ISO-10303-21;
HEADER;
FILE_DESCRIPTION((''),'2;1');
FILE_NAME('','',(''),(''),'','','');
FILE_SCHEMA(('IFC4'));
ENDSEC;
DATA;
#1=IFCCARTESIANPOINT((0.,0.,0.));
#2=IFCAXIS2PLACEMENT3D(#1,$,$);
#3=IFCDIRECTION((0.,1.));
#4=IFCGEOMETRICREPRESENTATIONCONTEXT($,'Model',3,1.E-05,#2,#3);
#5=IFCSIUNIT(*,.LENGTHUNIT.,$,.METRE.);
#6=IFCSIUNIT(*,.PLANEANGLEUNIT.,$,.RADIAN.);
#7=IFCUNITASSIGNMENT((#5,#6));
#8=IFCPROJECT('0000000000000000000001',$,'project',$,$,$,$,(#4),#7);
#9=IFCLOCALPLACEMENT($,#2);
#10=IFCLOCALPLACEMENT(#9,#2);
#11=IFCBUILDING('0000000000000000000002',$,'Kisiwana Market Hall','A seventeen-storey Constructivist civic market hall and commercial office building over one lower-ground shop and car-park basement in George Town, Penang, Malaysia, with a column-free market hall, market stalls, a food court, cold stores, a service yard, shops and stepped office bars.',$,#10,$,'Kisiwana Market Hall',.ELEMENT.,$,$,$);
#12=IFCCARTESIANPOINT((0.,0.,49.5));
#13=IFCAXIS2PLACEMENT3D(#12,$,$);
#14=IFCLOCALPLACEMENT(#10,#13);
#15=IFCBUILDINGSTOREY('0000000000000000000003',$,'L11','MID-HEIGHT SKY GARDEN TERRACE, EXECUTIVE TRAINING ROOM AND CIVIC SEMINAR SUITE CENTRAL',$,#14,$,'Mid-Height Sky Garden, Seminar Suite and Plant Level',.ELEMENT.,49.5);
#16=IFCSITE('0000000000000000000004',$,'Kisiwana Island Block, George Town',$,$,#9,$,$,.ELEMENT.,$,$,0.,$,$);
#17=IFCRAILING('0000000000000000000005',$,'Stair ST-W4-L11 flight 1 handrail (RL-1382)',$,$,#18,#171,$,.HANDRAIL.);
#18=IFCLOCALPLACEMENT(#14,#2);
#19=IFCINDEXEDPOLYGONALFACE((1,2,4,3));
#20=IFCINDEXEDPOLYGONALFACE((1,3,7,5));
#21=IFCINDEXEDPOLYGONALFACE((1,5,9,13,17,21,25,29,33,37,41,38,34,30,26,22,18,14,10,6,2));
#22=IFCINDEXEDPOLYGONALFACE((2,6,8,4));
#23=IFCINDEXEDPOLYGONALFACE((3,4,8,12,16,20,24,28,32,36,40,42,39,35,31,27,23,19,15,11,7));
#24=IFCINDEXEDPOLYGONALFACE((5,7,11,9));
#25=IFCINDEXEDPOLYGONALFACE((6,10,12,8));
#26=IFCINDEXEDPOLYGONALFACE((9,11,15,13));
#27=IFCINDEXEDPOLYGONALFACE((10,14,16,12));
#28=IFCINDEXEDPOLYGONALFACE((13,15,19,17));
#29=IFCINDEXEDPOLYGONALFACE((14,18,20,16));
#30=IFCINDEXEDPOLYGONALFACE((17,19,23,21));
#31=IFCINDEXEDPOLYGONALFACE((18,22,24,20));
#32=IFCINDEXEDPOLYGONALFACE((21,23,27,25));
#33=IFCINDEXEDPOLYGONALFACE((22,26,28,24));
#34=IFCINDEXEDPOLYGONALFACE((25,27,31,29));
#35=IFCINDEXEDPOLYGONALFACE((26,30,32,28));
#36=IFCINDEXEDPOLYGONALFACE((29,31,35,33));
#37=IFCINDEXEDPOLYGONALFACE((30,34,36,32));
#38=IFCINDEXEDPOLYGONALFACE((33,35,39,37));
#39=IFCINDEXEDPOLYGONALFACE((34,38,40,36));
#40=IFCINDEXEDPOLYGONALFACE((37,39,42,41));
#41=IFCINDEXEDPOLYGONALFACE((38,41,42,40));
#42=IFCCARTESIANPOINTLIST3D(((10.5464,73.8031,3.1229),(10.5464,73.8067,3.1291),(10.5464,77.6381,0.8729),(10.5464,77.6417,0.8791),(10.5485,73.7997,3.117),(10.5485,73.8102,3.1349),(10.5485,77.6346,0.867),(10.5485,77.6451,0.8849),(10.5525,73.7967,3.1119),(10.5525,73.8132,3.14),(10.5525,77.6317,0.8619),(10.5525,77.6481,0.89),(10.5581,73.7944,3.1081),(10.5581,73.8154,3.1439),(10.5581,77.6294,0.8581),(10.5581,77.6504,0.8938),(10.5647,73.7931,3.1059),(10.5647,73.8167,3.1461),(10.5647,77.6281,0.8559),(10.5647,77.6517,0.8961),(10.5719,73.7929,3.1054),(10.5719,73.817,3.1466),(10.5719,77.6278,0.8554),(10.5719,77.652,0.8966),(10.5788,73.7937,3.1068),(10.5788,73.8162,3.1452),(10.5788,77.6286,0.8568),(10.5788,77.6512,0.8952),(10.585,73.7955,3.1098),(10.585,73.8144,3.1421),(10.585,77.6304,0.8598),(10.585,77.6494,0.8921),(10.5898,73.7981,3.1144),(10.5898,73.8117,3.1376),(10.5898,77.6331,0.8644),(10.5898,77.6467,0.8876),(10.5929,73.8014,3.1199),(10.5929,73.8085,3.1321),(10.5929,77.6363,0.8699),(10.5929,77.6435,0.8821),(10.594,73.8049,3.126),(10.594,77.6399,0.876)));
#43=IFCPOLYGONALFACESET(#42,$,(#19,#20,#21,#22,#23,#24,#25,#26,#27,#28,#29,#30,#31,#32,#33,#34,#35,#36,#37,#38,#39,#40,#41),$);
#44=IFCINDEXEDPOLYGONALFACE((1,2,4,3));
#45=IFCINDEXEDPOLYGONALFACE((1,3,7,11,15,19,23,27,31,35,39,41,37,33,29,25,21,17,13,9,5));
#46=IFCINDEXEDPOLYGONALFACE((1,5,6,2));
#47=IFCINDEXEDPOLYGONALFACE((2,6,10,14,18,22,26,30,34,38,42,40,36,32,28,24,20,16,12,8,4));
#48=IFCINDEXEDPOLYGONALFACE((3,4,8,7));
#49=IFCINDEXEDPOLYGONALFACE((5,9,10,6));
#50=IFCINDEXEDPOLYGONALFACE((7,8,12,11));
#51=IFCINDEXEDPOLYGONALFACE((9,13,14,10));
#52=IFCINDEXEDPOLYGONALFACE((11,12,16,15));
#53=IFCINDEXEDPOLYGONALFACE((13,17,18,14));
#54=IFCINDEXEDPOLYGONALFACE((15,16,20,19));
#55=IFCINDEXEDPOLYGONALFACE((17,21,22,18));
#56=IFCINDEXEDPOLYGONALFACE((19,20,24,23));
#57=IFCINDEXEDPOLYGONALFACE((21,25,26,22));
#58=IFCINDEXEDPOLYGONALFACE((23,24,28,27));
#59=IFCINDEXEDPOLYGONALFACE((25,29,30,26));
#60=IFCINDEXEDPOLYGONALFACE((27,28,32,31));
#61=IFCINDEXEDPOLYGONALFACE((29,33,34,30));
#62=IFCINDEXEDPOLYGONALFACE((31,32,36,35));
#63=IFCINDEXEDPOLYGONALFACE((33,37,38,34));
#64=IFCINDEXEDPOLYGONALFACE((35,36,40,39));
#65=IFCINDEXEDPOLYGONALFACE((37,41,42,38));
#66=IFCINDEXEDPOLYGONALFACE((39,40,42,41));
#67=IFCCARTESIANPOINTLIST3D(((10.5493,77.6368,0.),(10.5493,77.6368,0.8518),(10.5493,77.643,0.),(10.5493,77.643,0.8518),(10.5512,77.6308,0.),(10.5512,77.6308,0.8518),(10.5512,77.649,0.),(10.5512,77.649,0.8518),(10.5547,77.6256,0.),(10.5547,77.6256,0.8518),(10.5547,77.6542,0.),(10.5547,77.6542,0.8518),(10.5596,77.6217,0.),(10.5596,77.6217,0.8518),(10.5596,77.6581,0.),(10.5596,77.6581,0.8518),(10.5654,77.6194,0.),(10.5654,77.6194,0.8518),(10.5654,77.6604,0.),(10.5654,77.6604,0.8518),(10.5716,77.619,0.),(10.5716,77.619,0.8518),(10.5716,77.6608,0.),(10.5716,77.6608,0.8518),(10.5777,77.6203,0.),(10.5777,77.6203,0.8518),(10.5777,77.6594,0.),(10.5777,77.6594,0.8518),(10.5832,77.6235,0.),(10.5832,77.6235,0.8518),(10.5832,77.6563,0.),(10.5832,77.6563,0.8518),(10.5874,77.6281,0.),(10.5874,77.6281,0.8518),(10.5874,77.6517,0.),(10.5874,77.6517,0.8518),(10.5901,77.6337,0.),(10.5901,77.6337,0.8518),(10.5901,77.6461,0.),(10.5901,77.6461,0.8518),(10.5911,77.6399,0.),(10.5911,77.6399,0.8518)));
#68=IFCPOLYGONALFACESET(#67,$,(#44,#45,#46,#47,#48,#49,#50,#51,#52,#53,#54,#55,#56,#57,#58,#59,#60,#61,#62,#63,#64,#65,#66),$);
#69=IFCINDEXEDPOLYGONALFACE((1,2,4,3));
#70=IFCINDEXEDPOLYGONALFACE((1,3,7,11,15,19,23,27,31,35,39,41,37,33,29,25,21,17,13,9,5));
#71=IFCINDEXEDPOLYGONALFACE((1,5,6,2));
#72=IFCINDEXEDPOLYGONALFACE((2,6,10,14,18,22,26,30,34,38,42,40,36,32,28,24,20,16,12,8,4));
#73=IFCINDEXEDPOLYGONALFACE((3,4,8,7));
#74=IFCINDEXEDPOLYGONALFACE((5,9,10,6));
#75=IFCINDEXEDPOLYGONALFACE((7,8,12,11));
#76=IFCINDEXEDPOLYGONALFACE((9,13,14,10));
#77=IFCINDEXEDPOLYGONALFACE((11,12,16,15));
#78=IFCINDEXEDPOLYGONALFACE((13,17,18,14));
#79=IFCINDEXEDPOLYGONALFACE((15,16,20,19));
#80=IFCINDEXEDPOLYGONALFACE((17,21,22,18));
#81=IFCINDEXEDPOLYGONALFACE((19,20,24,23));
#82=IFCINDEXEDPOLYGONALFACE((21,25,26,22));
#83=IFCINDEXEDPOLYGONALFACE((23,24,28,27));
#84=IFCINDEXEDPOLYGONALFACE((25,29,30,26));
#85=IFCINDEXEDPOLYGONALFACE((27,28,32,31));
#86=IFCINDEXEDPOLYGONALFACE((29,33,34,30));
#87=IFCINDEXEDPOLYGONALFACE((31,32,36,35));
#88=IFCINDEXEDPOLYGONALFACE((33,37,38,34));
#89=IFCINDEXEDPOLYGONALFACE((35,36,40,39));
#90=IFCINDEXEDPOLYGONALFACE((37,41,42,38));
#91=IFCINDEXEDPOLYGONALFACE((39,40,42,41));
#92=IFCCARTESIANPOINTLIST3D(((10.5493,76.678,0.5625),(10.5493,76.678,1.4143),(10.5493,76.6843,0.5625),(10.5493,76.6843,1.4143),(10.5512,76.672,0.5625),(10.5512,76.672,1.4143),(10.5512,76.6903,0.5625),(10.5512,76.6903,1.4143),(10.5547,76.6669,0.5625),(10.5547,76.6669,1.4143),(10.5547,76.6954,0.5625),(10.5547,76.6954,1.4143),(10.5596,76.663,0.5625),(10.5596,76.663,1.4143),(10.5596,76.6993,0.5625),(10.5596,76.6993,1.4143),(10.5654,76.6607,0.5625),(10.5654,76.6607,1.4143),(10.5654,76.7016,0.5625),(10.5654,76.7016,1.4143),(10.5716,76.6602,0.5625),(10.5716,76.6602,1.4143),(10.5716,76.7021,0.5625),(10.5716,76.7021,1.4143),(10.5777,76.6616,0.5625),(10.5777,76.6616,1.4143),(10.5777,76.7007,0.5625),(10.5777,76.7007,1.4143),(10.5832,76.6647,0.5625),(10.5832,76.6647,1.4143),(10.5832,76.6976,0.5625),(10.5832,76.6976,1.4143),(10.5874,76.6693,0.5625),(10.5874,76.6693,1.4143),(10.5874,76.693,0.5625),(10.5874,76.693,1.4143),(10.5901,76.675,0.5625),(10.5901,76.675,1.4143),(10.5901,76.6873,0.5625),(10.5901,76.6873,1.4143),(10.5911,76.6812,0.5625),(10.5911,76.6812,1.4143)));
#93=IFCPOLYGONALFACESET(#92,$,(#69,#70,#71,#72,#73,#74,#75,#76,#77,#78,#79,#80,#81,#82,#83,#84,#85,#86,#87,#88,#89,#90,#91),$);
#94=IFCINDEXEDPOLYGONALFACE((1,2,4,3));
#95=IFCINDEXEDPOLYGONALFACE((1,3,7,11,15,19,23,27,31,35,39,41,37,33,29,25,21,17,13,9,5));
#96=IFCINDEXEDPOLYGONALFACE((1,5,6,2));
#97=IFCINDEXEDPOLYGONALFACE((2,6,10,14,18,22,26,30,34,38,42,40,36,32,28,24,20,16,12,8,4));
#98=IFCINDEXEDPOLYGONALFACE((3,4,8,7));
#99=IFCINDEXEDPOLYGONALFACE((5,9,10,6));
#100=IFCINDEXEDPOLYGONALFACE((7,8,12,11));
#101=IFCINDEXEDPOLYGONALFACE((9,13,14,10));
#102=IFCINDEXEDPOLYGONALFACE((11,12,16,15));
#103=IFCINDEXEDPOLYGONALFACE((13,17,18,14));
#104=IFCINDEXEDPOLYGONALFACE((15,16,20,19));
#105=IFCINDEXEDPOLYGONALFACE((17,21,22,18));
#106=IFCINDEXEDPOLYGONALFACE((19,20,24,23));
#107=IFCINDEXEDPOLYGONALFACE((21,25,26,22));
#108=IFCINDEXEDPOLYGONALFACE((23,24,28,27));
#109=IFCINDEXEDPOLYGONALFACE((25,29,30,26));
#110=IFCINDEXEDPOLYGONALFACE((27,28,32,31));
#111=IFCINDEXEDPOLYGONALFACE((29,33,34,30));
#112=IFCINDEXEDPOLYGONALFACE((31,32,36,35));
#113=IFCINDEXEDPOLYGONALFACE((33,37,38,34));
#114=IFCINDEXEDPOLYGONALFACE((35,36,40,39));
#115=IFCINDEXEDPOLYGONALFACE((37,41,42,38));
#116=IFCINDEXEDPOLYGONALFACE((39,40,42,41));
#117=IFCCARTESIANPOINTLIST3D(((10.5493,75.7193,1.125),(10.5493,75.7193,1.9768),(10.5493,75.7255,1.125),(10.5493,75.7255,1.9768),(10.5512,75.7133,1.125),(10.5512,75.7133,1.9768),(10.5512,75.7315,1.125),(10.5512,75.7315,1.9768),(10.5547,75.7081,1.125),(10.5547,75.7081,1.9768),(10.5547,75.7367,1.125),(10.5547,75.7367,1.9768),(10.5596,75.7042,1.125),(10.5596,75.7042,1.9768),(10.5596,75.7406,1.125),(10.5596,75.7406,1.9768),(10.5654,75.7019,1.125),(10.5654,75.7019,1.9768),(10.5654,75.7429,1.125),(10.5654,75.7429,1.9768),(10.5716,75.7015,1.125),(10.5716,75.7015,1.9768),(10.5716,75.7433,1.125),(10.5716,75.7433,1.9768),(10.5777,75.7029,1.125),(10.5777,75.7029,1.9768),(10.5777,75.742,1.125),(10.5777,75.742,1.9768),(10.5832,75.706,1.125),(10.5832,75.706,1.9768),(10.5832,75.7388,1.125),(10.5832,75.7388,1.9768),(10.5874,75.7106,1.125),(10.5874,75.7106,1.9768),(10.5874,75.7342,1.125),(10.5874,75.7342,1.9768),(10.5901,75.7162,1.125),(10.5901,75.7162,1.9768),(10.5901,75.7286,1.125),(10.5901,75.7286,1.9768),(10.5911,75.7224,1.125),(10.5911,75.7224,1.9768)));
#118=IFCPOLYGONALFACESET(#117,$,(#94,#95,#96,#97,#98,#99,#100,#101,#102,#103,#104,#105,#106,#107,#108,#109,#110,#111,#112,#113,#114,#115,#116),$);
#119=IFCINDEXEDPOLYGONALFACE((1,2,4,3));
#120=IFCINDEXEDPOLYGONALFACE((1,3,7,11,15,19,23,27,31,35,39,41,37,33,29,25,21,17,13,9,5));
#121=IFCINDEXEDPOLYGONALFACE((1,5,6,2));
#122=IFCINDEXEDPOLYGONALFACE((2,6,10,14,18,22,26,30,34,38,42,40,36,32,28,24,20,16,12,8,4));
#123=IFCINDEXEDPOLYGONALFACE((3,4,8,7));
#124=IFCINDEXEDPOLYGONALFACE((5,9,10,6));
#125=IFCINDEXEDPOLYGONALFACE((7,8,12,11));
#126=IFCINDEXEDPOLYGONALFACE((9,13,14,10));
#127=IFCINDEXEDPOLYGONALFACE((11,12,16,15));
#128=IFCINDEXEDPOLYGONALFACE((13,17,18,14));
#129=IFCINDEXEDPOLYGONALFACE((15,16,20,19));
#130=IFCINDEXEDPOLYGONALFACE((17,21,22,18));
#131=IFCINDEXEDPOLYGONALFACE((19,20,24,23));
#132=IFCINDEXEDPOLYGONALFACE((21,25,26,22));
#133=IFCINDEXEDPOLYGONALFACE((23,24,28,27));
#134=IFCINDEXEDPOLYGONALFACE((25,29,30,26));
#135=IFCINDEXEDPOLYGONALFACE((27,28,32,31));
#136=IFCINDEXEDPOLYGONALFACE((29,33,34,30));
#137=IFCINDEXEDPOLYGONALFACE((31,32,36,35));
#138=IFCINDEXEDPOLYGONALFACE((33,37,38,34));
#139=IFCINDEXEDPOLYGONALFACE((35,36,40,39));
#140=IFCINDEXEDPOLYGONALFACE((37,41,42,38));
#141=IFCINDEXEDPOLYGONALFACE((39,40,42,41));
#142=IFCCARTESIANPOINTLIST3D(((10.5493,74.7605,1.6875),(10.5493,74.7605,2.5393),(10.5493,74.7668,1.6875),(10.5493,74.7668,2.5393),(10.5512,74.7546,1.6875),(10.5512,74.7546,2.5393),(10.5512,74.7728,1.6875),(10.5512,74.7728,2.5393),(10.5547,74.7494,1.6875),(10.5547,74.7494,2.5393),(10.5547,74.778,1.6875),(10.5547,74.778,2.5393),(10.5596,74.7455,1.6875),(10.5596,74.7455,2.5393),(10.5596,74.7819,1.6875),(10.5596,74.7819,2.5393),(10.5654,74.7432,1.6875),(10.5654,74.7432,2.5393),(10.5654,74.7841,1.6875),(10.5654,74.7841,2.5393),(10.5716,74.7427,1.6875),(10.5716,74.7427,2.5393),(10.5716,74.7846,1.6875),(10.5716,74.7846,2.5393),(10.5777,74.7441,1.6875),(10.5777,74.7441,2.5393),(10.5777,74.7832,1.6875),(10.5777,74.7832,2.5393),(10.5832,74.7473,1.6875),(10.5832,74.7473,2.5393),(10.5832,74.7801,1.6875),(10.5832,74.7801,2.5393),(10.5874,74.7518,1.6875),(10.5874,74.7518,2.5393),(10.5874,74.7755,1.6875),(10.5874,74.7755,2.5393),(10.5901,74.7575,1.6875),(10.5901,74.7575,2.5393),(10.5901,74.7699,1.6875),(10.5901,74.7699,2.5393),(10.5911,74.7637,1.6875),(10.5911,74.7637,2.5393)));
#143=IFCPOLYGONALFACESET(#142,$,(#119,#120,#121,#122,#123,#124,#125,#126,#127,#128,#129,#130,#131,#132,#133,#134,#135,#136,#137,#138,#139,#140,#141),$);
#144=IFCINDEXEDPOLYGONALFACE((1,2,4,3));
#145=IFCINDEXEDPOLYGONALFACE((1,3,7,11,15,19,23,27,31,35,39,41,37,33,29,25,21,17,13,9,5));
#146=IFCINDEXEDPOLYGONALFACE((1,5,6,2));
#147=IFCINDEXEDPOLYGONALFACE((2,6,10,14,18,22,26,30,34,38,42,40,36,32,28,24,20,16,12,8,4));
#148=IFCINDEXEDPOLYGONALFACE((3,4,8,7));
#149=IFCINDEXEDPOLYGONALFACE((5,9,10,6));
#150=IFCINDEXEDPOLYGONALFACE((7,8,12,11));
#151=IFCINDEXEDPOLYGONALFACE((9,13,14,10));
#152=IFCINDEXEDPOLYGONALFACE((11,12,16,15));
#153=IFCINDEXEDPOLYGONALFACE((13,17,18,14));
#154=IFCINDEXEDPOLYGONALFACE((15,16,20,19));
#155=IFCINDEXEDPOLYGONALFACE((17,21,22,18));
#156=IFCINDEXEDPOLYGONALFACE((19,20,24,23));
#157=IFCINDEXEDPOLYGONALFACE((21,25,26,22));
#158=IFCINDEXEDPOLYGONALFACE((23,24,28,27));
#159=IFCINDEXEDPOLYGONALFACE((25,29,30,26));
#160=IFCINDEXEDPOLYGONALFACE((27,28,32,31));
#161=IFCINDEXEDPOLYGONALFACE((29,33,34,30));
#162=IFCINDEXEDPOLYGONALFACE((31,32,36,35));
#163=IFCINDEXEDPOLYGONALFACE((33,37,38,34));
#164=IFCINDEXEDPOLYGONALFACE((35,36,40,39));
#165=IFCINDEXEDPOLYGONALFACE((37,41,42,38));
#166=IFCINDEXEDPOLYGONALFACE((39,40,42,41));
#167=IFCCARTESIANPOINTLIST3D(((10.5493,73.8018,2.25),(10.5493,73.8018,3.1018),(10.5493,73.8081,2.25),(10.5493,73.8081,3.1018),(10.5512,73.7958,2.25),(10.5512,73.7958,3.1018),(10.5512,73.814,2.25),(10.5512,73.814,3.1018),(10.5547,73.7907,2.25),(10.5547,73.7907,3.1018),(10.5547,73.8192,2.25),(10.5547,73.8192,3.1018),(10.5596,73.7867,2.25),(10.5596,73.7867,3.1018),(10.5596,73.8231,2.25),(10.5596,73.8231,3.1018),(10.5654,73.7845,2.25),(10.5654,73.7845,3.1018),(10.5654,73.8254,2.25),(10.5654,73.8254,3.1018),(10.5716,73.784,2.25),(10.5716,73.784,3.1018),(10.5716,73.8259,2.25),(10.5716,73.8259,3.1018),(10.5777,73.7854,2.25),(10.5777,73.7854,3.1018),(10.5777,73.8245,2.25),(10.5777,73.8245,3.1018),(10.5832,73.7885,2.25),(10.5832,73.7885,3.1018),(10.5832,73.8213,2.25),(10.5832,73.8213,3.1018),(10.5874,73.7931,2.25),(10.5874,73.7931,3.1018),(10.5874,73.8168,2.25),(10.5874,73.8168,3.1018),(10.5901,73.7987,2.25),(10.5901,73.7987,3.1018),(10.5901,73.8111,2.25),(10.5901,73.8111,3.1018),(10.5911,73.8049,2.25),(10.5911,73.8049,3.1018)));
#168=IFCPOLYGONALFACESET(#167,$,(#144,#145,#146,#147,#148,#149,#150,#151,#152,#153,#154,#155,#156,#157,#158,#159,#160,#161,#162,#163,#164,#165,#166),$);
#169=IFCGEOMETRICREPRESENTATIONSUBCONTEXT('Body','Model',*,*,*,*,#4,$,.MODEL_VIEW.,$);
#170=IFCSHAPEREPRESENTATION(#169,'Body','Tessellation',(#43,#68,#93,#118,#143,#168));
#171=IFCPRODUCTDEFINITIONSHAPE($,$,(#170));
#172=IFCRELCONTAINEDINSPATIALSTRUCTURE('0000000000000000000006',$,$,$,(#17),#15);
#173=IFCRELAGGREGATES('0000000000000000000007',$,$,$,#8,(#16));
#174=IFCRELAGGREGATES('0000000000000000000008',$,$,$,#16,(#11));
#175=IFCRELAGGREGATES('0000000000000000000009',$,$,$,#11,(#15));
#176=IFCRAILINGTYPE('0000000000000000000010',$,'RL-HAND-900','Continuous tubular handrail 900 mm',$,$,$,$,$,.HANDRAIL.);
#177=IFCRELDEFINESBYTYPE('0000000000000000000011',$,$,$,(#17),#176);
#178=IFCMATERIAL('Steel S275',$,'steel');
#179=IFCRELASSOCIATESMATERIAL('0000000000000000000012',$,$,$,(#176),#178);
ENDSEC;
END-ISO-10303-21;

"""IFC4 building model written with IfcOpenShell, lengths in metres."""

from ifc_helpers import new_model, si_unit, direction, frame, origin, origin_2d, place, context, subcontext, project, spatial, circle, extrude, material, type_object, element, save


model = new_model("IFC4")

# Units and contexts
model_context = context("Model", 3, precision=1e-05, world=origin(), true_north=direction((0.0, 1.0)))
body_context = subcontext(model_context, "Body", "Model", "MODEL_VIEW")
ifc_project = project(units=[si_unit("LENGTHUNIT", "METRE"), si_unit("PLANEANGLEUNIT", "RADIAN")], contexts=[model_context])

# Site, building, storey
site_placement = place(None, origin())
site = spatial("IfcSite", under=ifc_project, at=site_placement, Name="Kisiwana Island Block, George Town", CompositionType="ELEMENT", RefElevation=0.0)
building_placement = place(site_placement, origin())
building = spatial("IfcBuilding", under=site, at=building_placement, Name="Kisiwana Market Hall", Description="A seventeen-storey Constructivist civic market hall and commercial office building over one lower-ground shop and car-park basement in George Town, Penang, Malaysia, with a column-free market hall, market stalls, a food court, cold stores, a service yard, shops and stepped office bars.", LongName="Kisiwana Market Hall", CompositionType="ELEMENT")
storey_placement = place(building_placement, frame((0.0, 0.0, 49.5)))
storey = spatial("IfcBuildingStorey", under=building, at=storey_placement, Name="L11", Description="MID-HEIGHT SKY GARDEN TERRACE, EXECUTIVE TRAINING ROOM AND CIVIC SEMINAR SUITE CENTRAL", LongName="Mid-Height Sky Garden, Seminar Suite and Plant Level", CompositionType="ELEMENT", Elevation=49.5)

# Railing
ifc_material_1 = material(Name="Steel S275", Category="steel")
railing_type_1 = type_object("IfcRailingType", Name="RL-HAND-900", Description="Continuous tubular handrail 900 mm", PredefinedType="HANDRAIL", material=ifc_material_1)
for number, where, name in (
    (1, (10.5701, 77.6399, 0.0), "Stair ST-W4-L11 flight 1 handrail (RL-1382)"),
):
    element("IfcRailing", number, at=place(storey_placement, frame(where)), inside=storey, type_object=railing_type_1, Name=name, PredefinedType="HANDRAIL", context=body_context, shape_type="SweptSolid", body=[
        extrude(circle(Radius=0.0239, at=origin_2d()), frame((0.0, 0.0, 0.876), z_axis=(0.0, -0.86251, 0.506041), x_axis=(1.0, 0.0, 0.0)), (0.0, 0.0, 1.0), 4.4463),
        extrude(circle(Radius=0.021, at=origin_2d()), origin(), (0.0, 0.0, 1.0), 0.8518),
        extrude(circle(Radius=0.021, at=origin_2d()), frame((0.0, -0.9587, 0.5625)), (0.0, 0.0, 1.0), 0.8518),
        extrude(circle(Radius=0.021, at=origin_2d()), frame((0.0, -1.9175, 1.125)), (0.0, 0.0, 1.0), 0.8518),
        extrude(circle(Radius=0.021, at=origin_2d()), frame((0.0, -2.8762, 1.6875)), (0.0, 0.0, 1.0), 0.8518),
        extrude(circle(Radius=0.021, at=origin_2d()), frame((0.0, -3.835, 2.25)), (0.0, 0.0, 1.0), 0.8518),
    ])

save(model, "model.ifc")
